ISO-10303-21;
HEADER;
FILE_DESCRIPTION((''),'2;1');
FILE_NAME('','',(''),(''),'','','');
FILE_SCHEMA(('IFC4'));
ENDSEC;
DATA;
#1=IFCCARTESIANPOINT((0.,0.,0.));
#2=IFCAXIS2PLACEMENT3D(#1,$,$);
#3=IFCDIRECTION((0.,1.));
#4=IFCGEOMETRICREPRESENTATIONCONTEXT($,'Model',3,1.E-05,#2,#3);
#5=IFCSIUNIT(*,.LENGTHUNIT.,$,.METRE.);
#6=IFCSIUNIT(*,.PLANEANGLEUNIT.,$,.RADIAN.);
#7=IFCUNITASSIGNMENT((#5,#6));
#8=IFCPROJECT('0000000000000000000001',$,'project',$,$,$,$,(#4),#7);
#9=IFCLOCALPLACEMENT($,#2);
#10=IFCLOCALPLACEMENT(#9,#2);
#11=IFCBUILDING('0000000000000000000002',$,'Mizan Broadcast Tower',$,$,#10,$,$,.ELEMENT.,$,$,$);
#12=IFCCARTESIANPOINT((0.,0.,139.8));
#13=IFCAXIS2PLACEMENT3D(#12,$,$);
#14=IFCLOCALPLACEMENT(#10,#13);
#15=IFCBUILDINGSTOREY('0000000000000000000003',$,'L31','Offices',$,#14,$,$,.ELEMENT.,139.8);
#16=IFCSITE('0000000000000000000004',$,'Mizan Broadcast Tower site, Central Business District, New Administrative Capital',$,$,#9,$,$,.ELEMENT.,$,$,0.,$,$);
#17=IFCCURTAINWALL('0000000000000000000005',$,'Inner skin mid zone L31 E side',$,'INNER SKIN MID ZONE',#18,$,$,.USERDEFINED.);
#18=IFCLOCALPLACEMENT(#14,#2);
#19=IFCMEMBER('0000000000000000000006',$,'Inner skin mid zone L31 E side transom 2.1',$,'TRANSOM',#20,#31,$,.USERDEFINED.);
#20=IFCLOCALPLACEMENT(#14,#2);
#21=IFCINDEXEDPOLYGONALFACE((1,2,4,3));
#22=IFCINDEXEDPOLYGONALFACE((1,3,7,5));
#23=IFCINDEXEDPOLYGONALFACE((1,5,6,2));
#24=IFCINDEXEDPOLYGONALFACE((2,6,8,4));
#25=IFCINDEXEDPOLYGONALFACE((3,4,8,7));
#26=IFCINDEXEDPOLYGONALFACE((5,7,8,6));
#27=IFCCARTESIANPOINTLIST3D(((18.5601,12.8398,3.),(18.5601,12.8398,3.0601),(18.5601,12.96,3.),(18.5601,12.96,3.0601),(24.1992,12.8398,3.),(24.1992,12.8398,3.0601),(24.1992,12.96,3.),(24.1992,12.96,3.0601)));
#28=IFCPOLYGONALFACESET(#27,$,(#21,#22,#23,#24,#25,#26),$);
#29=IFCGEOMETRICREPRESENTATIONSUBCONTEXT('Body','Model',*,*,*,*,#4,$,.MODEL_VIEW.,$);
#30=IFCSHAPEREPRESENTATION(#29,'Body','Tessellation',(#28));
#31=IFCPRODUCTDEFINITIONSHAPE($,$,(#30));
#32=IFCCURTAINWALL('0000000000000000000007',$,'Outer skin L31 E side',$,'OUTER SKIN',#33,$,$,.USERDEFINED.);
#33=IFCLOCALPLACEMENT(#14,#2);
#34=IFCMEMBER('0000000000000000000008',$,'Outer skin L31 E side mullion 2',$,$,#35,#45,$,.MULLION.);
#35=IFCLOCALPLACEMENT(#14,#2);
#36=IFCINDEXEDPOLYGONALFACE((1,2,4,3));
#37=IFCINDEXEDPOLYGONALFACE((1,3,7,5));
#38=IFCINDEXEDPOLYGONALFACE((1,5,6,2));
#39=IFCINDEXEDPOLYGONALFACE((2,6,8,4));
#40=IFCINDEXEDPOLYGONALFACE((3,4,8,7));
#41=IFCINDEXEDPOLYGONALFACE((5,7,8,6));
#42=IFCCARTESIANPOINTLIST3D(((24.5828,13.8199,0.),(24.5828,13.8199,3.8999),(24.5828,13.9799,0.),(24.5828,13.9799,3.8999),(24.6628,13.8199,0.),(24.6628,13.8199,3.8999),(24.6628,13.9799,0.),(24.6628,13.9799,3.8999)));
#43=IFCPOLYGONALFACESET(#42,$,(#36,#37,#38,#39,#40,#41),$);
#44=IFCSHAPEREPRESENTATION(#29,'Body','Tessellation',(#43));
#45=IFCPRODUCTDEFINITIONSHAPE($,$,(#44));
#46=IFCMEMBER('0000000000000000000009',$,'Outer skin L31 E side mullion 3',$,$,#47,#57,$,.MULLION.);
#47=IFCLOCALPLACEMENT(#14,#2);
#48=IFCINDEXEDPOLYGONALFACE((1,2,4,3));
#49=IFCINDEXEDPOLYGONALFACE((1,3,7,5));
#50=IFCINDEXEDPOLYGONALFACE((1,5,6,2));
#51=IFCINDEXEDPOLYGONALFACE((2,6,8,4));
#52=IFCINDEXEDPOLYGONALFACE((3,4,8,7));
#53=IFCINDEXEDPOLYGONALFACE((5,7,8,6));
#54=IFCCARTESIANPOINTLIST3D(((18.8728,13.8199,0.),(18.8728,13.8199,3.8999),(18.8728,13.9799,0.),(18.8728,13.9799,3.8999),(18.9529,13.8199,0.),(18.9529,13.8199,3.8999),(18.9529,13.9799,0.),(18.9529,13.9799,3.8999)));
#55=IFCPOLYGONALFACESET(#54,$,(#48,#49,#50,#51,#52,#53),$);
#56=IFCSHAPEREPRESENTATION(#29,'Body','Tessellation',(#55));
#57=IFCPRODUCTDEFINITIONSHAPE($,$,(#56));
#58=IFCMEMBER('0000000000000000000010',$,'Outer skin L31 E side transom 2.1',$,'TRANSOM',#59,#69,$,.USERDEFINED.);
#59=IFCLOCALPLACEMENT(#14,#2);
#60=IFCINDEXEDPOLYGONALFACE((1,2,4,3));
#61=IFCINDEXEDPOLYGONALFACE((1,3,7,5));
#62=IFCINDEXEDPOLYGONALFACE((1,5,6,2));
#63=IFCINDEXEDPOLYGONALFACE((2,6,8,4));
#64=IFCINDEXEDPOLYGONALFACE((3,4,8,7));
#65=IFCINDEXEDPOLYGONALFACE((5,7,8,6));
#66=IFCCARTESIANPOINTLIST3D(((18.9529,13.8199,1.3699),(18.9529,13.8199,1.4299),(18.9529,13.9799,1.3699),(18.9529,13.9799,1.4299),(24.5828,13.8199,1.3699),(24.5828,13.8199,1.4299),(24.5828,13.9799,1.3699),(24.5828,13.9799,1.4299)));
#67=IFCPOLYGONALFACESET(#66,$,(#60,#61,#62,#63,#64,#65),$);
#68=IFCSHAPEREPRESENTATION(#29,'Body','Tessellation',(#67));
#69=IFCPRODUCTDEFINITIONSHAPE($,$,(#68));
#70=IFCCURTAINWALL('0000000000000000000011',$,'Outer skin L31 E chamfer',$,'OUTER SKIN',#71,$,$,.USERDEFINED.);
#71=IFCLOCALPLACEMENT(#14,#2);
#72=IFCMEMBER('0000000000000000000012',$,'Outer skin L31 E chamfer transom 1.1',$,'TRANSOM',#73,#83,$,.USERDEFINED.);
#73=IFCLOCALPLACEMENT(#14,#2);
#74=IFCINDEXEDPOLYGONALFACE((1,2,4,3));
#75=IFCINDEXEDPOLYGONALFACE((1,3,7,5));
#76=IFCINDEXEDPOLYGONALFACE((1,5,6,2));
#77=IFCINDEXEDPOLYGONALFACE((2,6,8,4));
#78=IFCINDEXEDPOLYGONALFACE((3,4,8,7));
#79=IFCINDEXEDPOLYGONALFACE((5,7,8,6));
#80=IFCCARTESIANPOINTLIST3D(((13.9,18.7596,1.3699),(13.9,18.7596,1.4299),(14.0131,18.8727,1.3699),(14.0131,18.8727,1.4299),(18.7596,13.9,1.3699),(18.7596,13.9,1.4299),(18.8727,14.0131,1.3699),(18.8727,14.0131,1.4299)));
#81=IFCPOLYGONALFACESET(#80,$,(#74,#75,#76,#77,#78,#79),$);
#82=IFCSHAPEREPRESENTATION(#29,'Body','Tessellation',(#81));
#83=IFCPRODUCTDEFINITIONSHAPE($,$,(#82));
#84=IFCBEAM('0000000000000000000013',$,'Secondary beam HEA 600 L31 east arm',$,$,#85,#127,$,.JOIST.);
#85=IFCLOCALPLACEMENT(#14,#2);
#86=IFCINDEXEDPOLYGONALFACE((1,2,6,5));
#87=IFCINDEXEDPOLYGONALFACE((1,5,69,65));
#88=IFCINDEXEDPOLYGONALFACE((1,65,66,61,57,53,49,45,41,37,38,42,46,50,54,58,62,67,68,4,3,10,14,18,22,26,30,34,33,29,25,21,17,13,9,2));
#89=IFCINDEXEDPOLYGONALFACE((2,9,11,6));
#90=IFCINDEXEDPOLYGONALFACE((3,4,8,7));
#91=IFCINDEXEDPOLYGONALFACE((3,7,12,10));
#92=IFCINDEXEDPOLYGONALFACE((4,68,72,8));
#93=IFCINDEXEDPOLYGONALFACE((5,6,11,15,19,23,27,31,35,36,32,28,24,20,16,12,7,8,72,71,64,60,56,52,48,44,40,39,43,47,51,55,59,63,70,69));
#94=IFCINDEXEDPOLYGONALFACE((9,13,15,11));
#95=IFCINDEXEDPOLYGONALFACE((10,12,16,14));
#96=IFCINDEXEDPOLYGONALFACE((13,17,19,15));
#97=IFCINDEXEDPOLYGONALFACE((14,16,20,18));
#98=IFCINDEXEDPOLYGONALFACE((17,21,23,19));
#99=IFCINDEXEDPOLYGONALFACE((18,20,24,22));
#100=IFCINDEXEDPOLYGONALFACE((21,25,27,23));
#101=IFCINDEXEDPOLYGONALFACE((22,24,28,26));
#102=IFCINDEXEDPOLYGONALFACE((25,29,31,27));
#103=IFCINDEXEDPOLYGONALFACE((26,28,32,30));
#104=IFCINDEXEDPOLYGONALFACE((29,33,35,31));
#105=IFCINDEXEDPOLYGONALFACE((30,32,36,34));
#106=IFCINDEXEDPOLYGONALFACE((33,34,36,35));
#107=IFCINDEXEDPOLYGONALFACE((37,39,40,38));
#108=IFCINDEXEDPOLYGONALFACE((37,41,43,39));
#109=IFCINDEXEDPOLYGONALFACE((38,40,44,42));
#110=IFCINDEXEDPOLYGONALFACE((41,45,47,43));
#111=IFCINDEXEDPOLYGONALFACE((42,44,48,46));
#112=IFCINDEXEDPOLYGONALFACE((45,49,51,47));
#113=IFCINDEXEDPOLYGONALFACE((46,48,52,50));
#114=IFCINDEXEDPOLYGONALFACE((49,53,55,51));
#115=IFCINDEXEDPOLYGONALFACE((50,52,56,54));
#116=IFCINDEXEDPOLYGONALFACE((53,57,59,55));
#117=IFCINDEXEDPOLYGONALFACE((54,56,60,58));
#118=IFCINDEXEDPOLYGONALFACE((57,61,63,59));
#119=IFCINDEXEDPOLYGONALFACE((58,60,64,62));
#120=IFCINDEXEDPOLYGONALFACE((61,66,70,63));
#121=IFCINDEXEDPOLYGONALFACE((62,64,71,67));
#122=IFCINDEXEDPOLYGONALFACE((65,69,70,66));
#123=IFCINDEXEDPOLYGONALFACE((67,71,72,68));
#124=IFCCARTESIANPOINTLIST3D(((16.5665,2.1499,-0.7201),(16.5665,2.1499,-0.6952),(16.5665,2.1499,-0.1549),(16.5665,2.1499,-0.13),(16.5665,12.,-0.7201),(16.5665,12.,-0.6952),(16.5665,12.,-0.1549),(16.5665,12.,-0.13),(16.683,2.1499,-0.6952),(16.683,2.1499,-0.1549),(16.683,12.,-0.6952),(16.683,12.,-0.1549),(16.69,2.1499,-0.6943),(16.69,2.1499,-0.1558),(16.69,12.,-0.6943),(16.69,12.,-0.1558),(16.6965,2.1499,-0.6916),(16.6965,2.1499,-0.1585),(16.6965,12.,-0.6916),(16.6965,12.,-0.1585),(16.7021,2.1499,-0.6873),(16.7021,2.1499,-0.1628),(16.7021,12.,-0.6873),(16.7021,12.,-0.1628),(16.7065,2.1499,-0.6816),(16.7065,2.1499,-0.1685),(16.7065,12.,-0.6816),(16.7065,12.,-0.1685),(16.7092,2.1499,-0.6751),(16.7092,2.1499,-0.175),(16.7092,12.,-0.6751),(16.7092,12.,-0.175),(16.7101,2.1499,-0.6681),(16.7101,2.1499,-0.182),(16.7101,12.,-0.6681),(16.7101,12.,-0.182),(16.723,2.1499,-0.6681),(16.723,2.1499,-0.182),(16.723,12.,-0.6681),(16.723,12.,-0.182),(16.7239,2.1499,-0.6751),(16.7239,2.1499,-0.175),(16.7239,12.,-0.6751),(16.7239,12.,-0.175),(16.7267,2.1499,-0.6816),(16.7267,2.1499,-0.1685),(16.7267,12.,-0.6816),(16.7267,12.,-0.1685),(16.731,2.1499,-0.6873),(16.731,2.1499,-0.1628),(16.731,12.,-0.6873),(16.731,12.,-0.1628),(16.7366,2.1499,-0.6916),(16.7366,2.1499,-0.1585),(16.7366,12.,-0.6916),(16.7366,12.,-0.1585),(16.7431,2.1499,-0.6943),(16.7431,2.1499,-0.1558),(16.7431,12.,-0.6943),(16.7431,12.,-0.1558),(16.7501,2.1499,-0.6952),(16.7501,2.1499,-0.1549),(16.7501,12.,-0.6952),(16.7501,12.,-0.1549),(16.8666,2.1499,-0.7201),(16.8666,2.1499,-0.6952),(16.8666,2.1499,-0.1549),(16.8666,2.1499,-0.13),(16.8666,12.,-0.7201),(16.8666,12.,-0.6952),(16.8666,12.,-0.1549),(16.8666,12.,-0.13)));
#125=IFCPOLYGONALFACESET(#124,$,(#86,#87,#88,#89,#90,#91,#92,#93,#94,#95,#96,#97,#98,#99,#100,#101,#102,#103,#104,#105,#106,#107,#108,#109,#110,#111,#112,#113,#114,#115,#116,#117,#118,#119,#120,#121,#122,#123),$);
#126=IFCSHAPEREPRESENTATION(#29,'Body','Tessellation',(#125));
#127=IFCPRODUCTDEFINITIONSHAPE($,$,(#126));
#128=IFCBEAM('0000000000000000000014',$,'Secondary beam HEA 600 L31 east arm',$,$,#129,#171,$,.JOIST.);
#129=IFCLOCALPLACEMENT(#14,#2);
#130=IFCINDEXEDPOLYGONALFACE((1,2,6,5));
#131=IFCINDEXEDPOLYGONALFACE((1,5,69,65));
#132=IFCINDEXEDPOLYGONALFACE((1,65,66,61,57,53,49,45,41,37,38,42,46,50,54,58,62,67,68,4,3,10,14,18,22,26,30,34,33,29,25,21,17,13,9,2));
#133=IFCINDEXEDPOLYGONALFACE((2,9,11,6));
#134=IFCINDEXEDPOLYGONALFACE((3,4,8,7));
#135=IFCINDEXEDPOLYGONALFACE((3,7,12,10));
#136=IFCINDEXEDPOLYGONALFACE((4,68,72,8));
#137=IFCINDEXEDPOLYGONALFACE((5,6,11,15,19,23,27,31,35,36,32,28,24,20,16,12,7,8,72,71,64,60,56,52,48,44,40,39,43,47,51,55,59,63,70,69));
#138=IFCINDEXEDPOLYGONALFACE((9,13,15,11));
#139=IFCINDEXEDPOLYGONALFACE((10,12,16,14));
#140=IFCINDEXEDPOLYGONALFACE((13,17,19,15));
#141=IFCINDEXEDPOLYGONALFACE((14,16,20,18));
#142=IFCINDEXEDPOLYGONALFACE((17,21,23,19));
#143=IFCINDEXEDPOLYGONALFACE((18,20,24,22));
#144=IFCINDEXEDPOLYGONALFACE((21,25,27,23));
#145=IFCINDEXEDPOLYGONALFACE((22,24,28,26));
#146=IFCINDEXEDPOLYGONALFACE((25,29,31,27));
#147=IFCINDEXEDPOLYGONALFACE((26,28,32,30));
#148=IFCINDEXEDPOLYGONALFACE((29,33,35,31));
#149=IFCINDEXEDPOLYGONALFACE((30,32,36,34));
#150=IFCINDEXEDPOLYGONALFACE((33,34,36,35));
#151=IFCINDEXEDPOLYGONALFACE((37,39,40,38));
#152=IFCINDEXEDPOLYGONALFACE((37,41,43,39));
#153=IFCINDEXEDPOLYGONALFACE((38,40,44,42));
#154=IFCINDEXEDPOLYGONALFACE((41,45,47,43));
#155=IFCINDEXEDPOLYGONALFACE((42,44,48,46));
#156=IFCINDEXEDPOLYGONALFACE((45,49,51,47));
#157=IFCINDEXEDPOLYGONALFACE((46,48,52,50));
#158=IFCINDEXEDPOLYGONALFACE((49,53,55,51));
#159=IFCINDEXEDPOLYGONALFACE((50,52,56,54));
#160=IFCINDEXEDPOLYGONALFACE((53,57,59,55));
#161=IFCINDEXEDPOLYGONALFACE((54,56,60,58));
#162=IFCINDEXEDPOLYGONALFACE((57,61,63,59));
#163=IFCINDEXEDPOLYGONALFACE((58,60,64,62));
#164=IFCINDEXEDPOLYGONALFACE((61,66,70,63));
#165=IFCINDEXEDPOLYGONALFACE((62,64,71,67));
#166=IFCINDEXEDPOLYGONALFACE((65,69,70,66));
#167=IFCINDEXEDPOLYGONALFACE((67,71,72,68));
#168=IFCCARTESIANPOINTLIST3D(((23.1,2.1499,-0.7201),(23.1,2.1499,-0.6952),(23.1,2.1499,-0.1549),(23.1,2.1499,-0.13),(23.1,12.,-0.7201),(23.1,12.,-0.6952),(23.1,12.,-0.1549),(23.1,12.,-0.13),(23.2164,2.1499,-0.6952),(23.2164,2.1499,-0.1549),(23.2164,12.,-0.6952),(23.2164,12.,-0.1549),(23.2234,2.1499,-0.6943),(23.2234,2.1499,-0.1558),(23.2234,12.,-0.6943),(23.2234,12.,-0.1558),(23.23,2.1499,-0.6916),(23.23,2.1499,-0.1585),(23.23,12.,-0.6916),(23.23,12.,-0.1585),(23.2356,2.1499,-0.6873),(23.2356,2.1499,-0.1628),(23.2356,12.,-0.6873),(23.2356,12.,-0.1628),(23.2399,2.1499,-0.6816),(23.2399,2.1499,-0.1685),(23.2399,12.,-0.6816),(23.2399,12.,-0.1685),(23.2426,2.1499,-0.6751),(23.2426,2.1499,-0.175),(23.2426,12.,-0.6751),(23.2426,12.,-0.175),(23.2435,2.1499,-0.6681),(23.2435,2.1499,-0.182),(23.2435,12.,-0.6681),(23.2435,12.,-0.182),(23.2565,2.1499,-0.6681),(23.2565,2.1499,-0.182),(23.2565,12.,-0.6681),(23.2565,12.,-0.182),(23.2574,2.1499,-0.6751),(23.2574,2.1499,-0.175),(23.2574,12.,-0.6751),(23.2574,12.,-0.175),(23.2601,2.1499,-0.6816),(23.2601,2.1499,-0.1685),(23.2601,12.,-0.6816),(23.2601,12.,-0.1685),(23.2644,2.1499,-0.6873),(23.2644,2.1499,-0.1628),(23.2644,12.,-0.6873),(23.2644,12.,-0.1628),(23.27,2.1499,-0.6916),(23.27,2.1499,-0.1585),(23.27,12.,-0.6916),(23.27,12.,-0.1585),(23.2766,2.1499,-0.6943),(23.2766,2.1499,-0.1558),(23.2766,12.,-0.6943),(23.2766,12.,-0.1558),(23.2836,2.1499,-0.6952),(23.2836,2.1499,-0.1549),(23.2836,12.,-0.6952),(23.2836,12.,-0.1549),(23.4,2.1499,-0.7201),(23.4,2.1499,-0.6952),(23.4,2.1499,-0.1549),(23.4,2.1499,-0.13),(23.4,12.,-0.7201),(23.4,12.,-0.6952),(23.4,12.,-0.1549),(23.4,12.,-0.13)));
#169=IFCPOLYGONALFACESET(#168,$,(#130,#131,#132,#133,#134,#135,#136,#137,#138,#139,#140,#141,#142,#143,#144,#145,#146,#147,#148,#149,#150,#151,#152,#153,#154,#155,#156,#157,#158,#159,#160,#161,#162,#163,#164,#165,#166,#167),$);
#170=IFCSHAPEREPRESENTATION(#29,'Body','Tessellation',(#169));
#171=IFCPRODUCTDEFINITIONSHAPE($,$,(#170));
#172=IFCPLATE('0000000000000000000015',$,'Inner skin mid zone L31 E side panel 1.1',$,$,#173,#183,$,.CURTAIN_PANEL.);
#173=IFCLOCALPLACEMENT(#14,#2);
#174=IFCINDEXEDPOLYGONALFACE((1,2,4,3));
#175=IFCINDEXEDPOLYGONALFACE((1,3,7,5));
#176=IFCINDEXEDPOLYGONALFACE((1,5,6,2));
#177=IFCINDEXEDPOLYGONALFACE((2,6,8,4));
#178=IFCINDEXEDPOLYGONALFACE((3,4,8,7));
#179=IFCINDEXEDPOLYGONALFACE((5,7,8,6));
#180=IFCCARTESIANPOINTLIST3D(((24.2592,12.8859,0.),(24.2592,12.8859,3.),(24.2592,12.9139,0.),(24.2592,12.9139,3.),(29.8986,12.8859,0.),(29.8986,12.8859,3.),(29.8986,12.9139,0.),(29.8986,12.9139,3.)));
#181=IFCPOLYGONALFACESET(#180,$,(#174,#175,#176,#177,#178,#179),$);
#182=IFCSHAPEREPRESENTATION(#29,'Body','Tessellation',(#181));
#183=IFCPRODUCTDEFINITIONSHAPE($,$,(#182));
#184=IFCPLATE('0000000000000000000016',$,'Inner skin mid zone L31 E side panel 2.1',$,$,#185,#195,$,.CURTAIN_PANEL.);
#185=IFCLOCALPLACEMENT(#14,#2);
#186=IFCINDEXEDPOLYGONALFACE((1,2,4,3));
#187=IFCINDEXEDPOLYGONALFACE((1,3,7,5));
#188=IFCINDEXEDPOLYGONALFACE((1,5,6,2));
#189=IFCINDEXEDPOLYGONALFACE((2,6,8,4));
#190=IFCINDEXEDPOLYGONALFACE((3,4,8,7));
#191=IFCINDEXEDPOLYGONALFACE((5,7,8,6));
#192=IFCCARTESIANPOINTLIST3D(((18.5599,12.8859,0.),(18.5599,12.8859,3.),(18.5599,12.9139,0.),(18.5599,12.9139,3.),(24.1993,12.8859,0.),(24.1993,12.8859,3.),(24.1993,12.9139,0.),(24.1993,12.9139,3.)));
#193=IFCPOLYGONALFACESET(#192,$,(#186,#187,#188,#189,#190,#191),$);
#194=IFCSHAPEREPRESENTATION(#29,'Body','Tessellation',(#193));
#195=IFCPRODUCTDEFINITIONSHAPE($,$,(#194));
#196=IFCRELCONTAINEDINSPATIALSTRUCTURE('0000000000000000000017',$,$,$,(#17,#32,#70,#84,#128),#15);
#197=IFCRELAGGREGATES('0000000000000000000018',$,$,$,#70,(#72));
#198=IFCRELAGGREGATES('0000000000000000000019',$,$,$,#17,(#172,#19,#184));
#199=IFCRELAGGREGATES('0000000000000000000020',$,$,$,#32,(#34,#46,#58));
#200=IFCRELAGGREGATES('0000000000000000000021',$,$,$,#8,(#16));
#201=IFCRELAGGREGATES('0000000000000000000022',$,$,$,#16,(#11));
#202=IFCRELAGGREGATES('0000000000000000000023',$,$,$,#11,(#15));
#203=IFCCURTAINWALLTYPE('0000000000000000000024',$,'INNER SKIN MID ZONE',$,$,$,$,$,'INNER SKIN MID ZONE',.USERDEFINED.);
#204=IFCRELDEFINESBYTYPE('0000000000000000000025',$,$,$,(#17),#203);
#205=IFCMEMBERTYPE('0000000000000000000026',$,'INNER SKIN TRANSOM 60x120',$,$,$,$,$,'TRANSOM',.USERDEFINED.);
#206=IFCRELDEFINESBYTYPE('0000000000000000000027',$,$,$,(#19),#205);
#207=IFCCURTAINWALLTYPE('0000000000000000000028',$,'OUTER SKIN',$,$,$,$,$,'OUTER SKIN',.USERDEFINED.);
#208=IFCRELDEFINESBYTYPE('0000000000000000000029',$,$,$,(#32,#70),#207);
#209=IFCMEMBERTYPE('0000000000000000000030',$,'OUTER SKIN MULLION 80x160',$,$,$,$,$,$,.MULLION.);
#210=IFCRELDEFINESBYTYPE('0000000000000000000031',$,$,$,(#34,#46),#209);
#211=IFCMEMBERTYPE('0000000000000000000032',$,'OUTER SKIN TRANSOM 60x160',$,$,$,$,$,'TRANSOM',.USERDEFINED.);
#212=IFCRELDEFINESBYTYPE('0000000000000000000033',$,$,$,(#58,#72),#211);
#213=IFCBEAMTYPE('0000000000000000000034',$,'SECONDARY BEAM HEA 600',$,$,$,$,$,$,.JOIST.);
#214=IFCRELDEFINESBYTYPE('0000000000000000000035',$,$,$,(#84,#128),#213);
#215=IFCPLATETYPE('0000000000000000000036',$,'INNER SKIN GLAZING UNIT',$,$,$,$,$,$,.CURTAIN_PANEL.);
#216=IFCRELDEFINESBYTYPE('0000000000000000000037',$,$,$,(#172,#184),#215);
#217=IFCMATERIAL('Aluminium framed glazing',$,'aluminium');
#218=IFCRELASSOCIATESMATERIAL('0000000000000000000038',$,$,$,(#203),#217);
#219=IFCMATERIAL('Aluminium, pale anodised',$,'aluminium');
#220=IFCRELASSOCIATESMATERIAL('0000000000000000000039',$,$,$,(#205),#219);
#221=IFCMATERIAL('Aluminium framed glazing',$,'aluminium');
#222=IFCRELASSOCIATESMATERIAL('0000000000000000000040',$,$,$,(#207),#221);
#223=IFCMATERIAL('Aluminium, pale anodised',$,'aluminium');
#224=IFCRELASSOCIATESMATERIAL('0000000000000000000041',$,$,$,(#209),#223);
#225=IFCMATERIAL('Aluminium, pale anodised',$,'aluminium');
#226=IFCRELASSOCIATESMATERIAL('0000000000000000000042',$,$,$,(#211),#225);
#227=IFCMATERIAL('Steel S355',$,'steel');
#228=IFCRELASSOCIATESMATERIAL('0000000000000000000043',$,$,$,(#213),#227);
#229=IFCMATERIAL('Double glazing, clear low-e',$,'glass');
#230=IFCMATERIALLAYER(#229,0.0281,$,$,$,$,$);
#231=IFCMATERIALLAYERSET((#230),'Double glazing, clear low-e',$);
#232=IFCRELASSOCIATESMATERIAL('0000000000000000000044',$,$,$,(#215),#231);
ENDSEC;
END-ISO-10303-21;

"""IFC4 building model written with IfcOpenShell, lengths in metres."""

from ifc_helpers import new_model, si_unit, direction, frame, origin, origin_2d, place, context, subcontext, project, spatial, rectangle, i_section, extrude, material, layer, layer_set, material_profile, profile_set, type_object, element, aggregate, save


model = new_model("IFC4")

# Units and contexts
model_context = context("Model", 3, precision=1e-05, world=origin(), true_north=direction((0.0, 1.0)))
body_context = subcontext(model_context, "Body", "Model", "MODEL_VIEW")
ifc_project = project(units=[si_unit("LENGTHUNIT", "METRE"), si_unit("PLANEANGLEUNIT", "RADIAN")], contexts=[model_context])

# Site, building, storey
site_placement = place(None, origin())
site = spatial("IfcSite", under=ifc_project, at=site_placement, Name="Mizan Broadcast Tower site, Central Business District, New Administrative Capital", CompositionType="ELEMENT", RefElevation=0.0)
building_placement = place(site_placement, origin())
building = spatial("IfcBuilding", under=site, at=building_placement, Name="Mizan Broadcast Tower", CompositionType="ELEMENT")
storey_placement = place(building_placement, frame((0.0, 0.0, 139.8)))
storey = spatial("IfcBuildingStorey", under=building, at=storey_placement, Name="L31", Description="Offices", CompositionType="ELEMENT", Elevation=139.8)

# Curtain walls, members
ifc_material_1 = material(Name="Aluminium framed glazing", Category="aluminium")
curtain_wall_type_1 = type_object("IfcCurtainWallType", Name="INNER SKIN MID ZONE", ElementType="INNER SKIN MID ZONE", PredefinedType="USERDEFINED", material=ifc_material_1)
curtain_wall_1_placement = place(storey_placement, origin())
curtain_wall_1 = element("IfcCurtainWall", 1, at=curtain_wall_1_placement, inside=storey, type_object=curtain_wall_type_1, Name="Inner skin mid zone L31 E side", ObjectType="INNER SKIN MID ZONE", PredefinedType="USERDEFINED")
ifc_material_2 = material(Name="Aluminium, pale anodised", Category="aluminium")
ifc_material_profile_1 = material_profile(ifc_material_2, rectangle(XDim=0.1201, YDim=0.0601, at=origin_2d()), Name="TRANSOM 120x60")
ifc_profile_set_1 = profile_set([ifc_material_profile_1], Name="Aluminium, pale anodised")
member_type_1 = type_object("IfcMemberType", Name="INNER SKIN TRANSOM 60x120", ElementType="TRANSOM", PredefinedType="USERDEFINED", material=ifc_profile_set_1)
member_1_placement = place(storey_placement, frame((24.1992, 12.8999, 3.03), z_axis=(-1.0, 0.0, 0.0), x_axis=(0.0, -1.0, 0.0)))
member_1 = element("IfcMember", 2, at=member_1_placement, type_object=member_type_1, Name="Inner skin mid zone L31 E side transom 2.1", ObjectType="TRANSOM", PredefinedType="USERDEFINED", context=body_context, shape_type="SweptSolid", body=[
    extrude(rectangle(XDim=0.1201, YDim=0.0601, at=origin_2d()), origin(), (0.0, 0.0, 1.0), 5.6392),
])
ifc_material_3 = material(Name="Aluminium framed glazing", Category="aluminium")
curtain_wall_type_2 = type_object("IfcCurtainWallType", Name="OUTER SKIN", ElementType="OUTER SKIN", PredefinedType="USERDEFINED", material=ifc_material_3)
curtain_wall_2_placement = place(storey_placement, origin())
curtain_wall_2 = element("IfcCurtainWall", 3, at=curtain_wall_2_placement, inside=storey, type_object=curtain_wall_type_2, Name="Outer skin L31 E side", ObjectType="OUTER SKIN", PredefinedType="USERDEFINED")
ifc_material_4 = material(Name="Aluminium, pale anodised", Category="aluminium")
ifc_material_profile_2 = material_profile(ifc_material_4, rectangle(XDim=0.1599, YDim=0.0801, at=origin_2d()), Name="MULLION 160x80")
ifc_profile_set_2 = profile_set([ifc_material_profile_2], Name="Aluminium, pale anodised")
member_type_2 = type_object("IfcMemberType", Name="OUTER SKIN MULLION 80x160", PredefinedType="MULLION", material=ifc_profile_set_2)
member_2_placement = place(storey_placement, frame((24.6228, 13.8999, 0.0), z_axis=(0.0, 0.0, 1.0), x_axis=(0.0, -1.0, 0.0)))
member_2 = element("IfcMember", 4, at=member_2_placement, type_object=member_type_2, Name="Outer skin L31 E side mullion 2", PredefinedType="MULLION", context=body_context, shape_type="SweptSolid", body=[
    extrude(rectangle(XDim=0.1599, YDim=0.0801, at=origin_2d()), origin(), (0.0, 0.0, 1.0), 3.8999),
])
member_3_placement = place(storey_placement, frame((18.9128, 13.8999, 0.0), z_axis=(0.0, 0.0, 1.0), x_axis=(0.0, -1.0, 0.0)))
member_3 = element("IfcMember", 5, at=member_3_placement, type_object=member_type_2, Name="Outer skin L31 E side mullion 3", PredefinedType="MULLION", context=body_context, shape_type="SweptSolid", body=[
    extrude(rectangle(XDim=0.1599, YDim=0.0801, at=origin_2d()), origin(), (0.0, 0.0, 1.0), 3.8999),
])
ifc_material_5 = material(Name="Aluminium, pale anodised", Category="aluminium")
ifc_material_profile_3 = material_profile(ifc_material_5, rectangle(XDim=0.1599, YDim=0.0601, at=origin_2d()), Name="TRANSOM 160x60")
ifc_profile_set_3 = profile_set([ifc_material_profile_3], Name="Aluminium, pale anodised")
member_type_3 = type_object("IfcMemberType", Name="OUTER SKIN TRANSOM 60x160", ElementType="TRANSOM", PredefinedType="USERDEFINED", material=ifc_profile_set_3)
member_4_placement = place(storey_placement, frame((24.5828, 13.8999, 1.3999), z_axis=(-1.0, 0.0, 0.0), x_axis=(0.0, -1.0, 0.0)))
member_4 = element("IfcMember", 6, at=member_4_placement, type_object=member_type_3, Name="Outer skin L31 E side transom 2.1", ObjectType="TRANSOM", PredefinedType="USERDEFINED", context=body_context, shape_type="SweptSolid", body=[
    extrude(rectangle(XDim=0.1599, YDim=0.0601, at=origin_2d()), origin(), (0.0, 0.0, 1.0), 5.6299),
])

# Curtain wall, member
curtain_wall_3_placement = place(storey_placement, origin())
curtain_wall_3 = element("IfcCurtainWall", 7, at=curtain_wall_3_placement, inside=storey, type_object=curtain_wall_type_2, Name="Outer skin L31 E chamfer", ObjectType="OUTER SKIN", PredefinedType="USERDEFINED")
member_5_placement = place(storey_placement, frame((18.8162, 13.9565, 1.3999), z_axis=(-0.707107, 0.707107, 0.0), x_axis=(-0.707107, -0.707107, 0.0)))
member_5 = element("IfcMember", 8, at=member_5_placement, type_object=member_type_3, Name="Outer skin L31 E chamfer transom 1.1", ObjectType="TRANSOM", PredefinedType="USERDEFINED", context=body_context, shape_type="SweptSolid", body=[
    extrude(rectangle(XDim=0.1599, YDim=0.0601, at=origin_2d()), origin(), (0.0, 0.0, 1.0), 6.8726),
])
aggregate(curtain_wall_3, [member_5])

# Beams
ifc_material_6 = material(Name="Steel S355", Category="steel")
ifc_material_profile_4 = material_profile(ifc_material_6, i_section(OverallWidth=0.3, OverallDepth=0.5901, WebThickness=0.0129, FlangeThickness=0.0249, FilletRadius=0.0271, at=origin_2d()), Name="HEA 600")
ifc_profile_set_4 = profile_set([ifc_material_profile_4], Name="Steel S355")
beam_type_1 = type_object("IfcBeamType", Name="SECONDARY BEAM HEA 600", PredefinedType="JOIST", material=ifc_profile_set_4)
for number, where, z_axis, x_axis, name in (
    (9, (16.7166, 12.0, -0.425), (0.0, -1.0, 0.0), (1.0, 0.0, 0.0), "Secondary beam HEA 600 L31 east arm"),
    (10, (23.25, 12.0, -0.425), (0.0, -1.0, 0.0), (1.0, 0.0, 0.0), "Secondary beam HEA 600 L31 east arm"),
):
    element("IfcBeam", number, at=place(storey_placement, frame(where, z_axis=z_axis, x_axis=x_axis)), inside=storey, type_object=beam_type_1, Name=name, PredefinedType="JOIST", context=body_context, shape_type="SweptSolid", body=[
        extrude(i_section(OverallWidth=0.3, OverallDepth=0.5901, WebThickness=0.0129, FlangeThickness=0.0249, FilletRadius=0.0271, at=origin_2d()), origin(), (0.0, 0.0, 1.0), 9.8501),
    ])

# Plates
ifc_material_7 = material(Name="Double glazing, clear low-e", Category="glass")
ifc_layer_1 = layer(ifc_material_7, 0.0281)
ifc_layer_set_1 = layer_set([ifc_layer_1], Name="Double glazing, clear low-e")
plate_type_1 = type_object("IfcPlateType", Name="INNER SKIN GLAZING UNIT", PredefinedType="CURTAIN_PANEL", material=ifc_layer_set_1)
plate_1_placement = place(storey_placement, frame((27.0789, 12.8999, 0.0), z_axis=(0.0, 0.0, 1.0), x_axis=(-1.0, 0.0, 0.0)))
plate_1 = element("IfcPlate", 11, at=plate_1_placement, type_object=plate_type_1, Name="Inner skin mid zone L31 E side panel 1.1", PredefinedType="CURTAIN_PANEL", context=body_context, shape_type="SweptSolid", body=[
    extrude(rectangle(XDim=5.6394, YDim=0.0281, at=origin_2d()), origin(), (0.0, 0.0, 1.0), 3.0),
])
plate_2_placement = place(storey_placement, frame((21.3796, 12.8999, 0.0), z_axis=(0.0, 0.0, 1.0), x_axis=(-1.0, 0.0, 0.0)))
plate_2 = element("IfcPlate", 12, at=plate_2_placement, type_object=plate_type_1, Name="Inner skin mid zone L31 E side panel 2.1", PredefinedType="CURTAIN_PANEL", context=body_context, shape_type="SweptSolid", body=[
    extrude(rectangle(XDim=5.6394, YDim=0.0281, at=origin_2d()), origin(), (0.0, 0.0, 1.0), 3.0),
])
aggregate(curtain_wall_1, [plate_1, member_1, plate_2])
aggregate(curtain_wall_2, [member_2, member_3, member_4])

save(model, "model.ifc")
